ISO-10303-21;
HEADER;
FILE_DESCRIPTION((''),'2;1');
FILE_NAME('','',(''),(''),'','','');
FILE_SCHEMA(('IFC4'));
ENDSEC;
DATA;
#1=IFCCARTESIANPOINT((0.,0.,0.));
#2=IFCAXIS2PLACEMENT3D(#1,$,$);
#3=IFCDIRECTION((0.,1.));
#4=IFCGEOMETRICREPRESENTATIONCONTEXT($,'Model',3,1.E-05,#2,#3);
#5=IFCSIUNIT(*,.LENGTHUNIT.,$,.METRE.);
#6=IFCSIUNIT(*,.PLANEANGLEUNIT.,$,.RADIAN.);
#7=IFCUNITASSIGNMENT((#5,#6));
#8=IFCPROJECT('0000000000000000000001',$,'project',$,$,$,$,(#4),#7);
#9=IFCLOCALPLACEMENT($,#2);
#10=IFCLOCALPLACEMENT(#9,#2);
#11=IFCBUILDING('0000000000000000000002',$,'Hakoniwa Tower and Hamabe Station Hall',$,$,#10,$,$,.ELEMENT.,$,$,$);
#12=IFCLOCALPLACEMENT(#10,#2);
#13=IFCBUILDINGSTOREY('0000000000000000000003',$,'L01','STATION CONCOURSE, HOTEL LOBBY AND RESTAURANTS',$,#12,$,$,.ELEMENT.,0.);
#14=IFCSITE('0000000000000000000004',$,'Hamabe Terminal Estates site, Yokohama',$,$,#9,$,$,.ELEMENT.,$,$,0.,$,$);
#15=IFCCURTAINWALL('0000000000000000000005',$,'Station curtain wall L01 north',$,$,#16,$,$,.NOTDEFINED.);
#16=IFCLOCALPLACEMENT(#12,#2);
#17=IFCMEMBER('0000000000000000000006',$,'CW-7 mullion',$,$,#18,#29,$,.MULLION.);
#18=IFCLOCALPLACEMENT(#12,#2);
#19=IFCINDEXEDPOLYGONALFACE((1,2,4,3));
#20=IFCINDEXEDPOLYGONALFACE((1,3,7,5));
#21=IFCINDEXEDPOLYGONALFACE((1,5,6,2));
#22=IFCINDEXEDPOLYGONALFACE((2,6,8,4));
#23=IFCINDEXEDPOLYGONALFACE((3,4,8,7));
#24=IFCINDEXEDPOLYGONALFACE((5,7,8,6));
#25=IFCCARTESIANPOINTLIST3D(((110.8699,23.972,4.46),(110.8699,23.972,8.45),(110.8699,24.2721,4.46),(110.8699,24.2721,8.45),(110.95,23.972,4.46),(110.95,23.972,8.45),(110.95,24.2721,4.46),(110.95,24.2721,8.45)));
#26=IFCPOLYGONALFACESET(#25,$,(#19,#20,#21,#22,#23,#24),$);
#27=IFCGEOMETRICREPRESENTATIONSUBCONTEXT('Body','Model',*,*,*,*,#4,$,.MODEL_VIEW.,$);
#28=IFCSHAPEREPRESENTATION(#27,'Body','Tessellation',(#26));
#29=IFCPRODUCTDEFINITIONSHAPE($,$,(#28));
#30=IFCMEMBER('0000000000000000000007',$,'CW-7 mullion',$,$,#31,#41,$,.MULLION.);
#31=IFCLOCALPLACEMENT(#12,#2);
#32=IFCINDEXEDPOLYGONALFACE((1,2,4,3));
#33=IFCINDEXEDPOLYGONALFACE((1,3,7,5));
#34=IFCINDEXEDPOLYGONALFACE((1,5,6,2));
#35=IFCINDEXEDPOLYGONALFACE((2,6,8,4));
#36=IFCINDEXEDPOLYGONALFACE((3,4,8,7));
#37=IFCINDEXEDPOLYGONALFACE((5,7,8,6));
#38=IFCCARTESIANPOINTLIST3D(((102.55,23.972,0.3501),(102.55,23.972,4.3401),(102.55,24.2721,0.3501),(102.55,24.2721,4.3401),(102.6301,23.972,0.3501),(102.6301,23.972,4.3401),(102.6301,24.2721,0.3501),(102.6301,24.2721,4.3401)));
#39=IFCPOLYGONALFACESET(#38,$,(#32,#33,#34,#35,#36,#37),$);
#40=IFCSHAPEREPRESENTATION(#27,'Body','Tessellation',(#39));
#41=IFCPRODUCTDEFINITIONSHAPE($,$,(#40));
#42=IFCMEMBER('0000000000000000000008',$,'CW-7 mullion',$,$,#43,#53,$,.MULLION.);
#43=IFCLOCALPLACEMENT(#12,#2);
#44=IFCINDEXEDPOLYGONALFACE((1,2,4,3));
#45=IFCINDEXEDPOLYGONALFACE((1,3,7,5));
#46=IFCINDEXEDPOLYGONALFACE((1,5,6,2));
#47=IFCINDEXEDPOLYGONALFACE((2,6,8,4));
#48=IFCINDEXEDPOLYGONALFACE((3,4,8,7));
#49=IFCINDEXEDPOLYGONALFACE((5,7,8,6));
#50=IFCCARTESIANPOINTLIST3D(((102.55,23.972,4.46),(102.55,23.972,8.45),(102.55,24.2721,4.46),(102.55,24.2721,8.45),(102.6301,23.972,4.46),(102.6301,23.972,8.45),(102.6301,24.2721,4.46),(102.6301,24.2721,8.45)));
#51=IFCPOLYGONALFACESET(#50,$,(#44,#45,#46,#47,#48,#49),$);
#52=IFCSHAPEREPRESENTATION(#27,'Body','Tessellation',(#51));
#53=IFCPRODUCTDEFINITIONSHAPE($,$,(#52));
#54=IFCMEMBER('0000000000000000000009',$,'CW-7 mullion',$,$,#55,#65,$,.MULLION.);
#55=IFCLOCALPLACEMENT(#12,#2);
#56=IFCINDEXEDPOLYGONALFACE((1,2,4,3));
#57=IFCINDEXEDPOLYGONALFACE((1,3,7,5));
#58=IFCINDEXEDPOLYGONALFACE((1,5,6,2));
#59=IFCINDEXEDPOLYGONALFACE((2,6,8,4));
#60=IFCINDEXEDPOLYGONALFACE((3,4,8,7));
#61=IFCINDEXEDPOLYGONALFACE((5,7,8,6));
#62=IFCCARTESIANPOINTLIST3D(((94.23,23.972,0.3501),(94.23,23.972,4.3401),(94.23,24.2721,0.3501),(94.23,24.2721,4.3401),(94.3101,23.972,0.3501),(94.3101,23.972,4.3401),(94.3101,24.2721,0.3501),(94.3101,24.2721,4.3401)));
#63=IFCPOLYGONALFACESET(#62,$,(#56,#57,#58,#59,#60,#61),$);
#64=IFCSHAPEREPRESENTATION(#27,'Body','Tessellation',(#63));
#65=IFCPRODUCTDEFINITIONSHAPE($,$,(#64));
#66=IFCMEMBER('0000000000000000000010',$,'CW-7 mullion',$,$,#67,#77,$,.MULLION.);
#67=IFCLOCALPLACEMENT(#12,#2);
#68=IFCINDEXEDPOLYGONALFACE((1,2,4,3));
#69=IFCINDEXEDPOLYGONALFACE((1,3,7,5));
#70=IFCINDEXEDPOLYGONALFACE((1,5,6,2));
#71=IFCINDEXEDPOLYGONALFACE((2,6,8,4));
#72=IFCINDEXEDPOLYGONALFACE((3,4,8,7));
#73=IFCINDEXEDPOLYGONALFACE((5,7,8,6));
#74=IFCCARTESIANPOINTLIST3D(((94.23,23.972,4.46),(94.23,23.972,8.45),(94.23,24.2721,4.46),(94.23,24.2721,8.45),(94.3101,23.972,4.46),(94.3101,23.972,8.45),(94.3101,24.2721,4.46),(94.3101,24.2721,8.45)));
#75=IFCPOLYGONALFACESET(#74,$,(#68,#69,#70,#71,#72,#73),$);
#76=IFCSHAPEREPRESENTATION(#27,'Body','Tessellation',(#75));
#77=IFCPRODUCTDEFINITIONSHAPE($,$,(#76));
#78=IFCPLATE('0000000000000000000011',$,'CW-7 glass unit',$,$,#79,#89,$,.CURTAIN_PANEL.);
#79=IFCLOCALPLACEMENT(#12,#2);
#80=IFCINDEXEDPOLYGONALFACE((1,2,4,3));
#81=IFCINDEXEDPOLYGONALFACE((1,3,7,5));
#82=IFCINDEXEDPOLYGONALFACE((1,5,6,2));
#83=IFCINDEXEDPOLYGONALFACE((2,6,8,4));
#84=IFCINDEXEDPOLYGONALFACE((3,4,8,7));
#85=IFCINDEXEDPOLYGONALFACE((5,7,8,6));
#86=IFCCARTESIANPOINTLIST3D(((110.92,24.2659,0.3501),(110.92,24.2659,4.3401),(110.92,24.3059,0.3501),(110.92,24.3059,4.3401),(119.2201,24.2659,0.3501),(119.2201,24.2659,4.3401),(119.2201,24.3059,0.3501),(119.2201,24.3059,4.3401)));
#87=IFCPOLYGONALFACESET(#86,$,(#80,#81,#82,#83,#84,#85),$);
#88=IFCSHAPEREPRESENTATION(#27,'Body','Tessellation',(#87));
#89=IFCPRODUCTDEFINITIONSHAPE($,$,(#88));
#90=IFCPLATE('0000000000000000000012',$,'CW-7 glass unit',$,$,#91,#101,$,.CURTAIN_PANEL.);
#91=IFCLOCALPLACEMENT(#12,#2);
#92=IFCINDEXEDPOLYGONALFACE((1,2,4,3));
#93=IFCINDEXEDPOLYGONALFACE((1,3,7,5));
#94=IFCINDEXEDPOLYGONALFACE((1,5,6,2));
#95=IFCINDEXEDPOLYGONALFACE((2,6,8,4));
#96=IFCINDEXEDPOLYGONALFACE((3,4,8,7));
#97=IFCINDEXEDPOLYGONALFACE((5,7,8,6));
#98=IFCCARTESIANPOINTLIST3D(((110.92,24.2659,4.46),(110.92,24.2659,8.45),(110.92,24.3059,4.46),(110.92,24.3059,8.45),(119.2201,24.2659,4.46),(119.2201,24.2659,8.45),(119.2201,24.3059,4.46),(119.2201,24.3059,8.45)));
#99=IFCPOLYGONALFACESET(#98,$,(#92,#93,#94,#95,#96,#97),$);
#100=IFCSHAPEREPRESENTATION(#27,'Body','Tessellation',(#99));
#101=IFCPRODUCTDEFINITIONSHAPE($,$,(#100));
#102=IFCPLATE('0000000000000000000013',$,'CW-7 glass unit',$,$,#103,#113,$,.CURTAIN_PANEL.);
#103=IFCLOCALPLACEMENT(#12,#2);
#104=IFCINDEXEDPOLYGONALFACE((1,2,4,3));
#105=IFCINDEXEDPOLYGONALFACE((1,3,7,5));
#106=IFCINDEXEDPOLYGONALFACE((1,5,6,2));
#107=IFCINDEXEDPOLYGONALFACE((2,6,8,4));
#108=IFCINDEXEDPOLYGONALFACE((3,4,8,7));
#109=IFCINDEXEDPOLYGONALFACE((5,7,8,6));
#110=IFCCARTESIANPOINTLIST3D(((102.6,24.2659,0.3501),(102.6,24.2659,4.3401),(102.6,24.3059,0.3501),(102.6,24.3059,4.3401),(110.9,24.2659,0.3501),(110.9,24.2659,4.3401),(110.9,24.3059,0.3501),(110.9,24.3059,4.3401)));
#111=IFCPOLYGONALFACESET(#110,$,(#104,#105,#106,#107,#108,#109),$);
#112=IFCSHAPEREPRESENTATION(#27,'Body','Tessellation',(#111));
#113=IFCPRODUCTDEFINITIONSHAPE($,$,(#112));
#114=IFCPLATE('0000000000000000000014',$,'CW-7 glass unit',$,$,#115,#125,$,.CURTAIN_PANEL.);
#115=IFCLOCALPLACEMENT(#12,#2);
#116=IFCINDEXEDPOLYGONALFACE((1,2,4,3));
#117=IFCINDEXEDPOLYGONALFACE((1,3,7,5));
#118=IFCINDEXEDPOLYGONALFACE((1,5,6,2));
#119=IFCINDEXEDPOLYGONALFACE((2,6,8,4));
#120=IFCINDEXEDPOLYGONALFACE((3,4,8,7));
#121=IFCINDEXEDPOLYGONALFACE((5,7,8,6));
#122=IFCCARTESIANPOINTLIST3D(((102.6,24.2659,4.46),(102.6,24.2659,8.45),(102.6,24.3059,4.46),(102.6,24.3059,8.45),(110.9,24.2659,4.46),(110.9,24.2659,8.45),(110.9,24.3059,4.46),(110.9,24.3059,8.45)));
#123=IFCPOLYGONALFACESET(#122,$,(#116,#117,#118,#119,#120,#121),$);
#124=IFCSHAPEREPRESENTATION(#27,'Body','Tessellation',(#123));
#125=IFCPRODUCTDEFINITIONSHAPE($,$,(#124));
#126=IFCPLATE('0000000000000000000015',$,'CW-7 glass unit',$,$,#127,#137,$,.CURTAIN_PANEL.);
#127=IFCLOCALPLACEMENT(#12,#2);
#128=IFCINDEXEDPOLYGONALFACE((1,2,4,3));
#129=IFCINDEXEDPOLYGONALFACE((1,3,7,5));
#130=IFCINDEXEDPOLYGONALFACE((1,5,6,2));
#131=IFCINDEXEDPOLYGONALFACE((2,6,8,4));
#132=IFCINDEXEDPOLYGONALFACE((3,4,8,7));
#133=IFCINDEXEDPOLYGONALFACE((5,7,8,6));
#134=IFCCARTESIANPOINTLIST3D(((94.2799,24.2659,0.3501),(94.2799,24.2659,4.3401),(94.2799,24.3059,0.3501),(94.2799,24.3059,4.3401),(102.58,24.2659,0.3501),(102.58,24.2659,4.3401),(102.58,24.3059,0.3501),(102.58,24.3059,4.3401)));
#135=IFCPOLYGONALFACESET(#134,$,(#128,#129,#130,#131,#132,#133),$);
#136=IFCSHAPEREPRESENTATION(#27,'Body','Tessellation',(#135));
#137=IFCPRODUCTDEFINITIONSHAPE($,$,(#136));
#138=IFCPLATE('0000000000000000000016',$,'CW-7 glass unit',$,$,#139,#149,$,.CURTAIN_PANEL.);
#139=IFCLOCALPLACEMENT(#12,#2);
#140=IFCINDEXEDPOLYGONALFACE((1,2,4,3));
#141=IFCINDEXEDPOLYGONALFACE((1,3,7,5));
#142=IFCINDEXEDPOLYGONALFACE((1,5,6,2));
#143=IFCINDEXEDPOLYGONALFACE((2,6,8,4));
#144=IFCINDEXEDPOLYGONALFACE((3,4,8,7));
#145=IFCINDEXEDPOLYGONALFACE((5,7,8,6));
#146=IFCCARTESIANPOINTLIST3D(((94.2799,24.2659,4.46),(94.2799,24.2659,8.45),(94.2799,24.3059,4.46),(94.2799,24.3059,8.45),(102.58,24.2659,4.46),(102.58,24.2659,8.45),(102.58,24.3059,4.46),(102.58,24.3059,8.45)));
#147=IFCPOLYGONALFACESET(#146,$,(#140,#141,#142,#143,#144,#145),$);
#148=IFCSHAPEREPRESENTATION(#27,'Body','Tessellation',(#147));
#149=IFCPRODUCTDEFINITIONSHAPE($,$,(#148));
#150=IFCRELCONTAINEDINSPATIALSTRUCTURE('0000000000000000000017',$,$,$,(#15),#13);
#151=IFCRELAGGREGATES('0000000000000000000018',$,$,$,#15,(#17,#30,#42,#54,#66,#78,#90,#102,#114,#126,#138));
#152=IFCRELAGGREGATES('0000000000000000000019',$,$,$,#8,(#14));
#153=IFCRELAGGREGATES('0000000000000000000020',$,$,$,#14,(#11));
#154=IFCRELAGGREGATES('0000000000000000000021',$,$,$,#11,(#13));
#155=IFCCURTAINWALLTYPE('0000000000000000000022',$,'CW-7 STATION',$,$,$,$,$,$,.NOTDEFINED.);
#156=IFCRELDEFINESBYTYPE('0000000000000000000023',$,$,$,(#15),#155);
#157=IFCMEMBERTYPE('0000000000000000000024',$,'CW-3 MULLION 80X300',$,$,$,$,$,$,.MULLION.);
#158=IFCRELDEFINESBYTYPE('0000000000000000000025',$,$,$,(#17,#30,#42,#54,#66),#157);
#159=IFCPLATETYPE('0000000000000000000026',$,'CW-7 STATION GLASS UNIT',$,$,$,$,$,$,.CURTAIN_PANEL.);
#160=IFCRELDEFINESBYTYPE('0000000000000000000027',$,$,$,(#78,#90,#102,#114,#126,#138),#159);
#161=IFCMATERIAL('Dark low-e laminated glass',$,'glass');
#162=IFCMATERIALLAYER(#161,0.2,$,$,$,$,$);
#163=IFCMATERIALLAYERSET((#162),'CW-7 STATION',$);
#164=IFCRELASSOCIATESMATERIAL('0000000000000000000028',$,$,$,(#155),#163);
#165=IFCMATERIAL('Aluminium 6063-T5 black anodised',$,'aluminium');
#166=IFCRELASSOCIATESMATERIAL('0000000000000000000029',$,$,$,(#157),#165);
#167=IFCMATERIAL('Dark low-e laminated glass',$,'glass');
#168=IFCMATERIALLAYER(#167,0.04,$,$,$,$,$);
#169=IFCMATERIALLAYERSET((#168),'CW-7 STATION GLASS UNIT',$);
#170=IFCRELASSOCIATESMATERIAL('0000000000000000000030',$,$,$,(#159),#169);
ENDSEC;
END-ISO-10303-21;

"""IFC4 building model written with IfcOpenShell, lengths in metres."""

from ifc_helpers import new_model, si_unit, direction, frame, origin, origin_2d, place, context, subcontext, project, spatial, rectangle, extrude, material, layer, layer_set, material_profile, profile_set, type_object, element, aggregate, save


model = new_model("IFC4")

# Units and contexts
model_context = context("Model", 3, precision=1e-05, world=origin(), true_north=direction((0.0, 1.0)))
body_context = subcontext(model_context, "Body", "Model", "MODEL_VIEW")
ifc_project = project(units=[si_unit("LENGTHUNIT", "METRE"), si_unit("PLANEANGLEUNIT", "RADIAN")], contexts=[model_context])

# Site, building, storey
site_placement = place(None, origin())
site = spatial("IfcSite", under=ifc_project, at=site_placement, Name="Hamabe Terminal Estates site, Yokohama", CompositionType="ELEMENT", RefElevation=0.0)
building_placement = place(site_placement, origin())
building = spatial("IfcBuilding", under=site, at=building_placement, Name="Hakoniwa Tower and Hamabe Station Hall", CompositionType="ELEMENT")
storey_placement = place(building_placement, origin())
storey = spatial("IfcBuildingStorey", under=building, at=storey_placement, Name="L01", Description="STATION CONCOURSE, HOTEL LOBBY AND RESTAURANTS", CompositionType="ELEMENT", Elevation=0.0)

# Curtain wall, members, plates
ifc_material_1 = material(Name="Dark low-e laminated glass", Category="glass")
ifc_layer_1 = layer(ifc_material_1, 0.2)
ifc_layer_set_1 = layer_set([ifc_layer_1], Name="CW-7 STATION")
curtain_wall_type = type_object("IfcCurtainWallType", Name="CW-7 STATION", PredefinedType="NOTDEFINED", material=ifc_layer_set_1)
curtain_wall_placement = place(storey_placement, origin())
curtain_wall = element("IfcCurtainWall", 1, at=curtain_wall_placement, inside=storey, type_object=curtain_wall_type, Name="Station curtain wall L01 north", PredefinedType="NOTDEFINED")
ifc_material_2 = material(Name="Aluminium 6063-T5 black anodised", Category="aluminium")
ifc_material_profile_1 = material_profile(ifc_material_2, rectangle(XDim=0.0801, YDim=0.3, at=origin_2d()), Name="CW-3 MULLION 80X300")
ifc_profile_set_1 = profile_set([ifc_material_profile_1], Name="Aluminium 6063-T5 black anodised")
member_type = type_object("IfcMemberType", Name="CW-3 MULLION 80X300", PredefinedType="MULLION", material=ifc_profile_set_1)
member_1_placement = place(storey_placement, frame((110.9099, 24.1221, 4.46), z_axis=(0.0, 0.0, 1.0), x_axis=(-1.0, 0.0, 0.0)))
member_1 = element("IfcMember", 2, at=member_1_placement, type_object=member_type, Name="CW-7 mullion", PredefinedType="MULLION", context=body_context, shape_type="SweptSolid", body=[
    extrude(rectangle(XDim=0.0801, YDim=0.3, at=origin_2d()), origin(), (0.0, 0.0, 1.0), 3.99),
])
member_2_placement = place(storey_placement, frame((102.5901, 24.1221, 0.3501), z_axis=(0.0, 0.0, 1.0), x_axis=(-1.0, 0.0, 0.0)))
member_2 = element("IfcMember", 3, at=member_2_placement, type_object=member_type, Name="CW-7 mullion", PredefinedType="MULLION", context=body_context, shape_type="SweptSolid", body=[
    extrude(rectangle(XDim=0.0801, YDim=0.3, at=origin_2d()), origin(), (0.0, 0.0, 1.0), 3.99),
])
member_3_placement = place(storey_placement, frame((102.5901, 24.1221, 4.46), z_axis=(0.0, 0.0, 1.0), x_axis=(-1.0, 0.0, 0.0)))
member_3 = element("IfcMember", 4, at=member_3_placement, type_object=member_type, Name="CW-7 mullion", PredefinedType="MULLION", context=body_context, shape_type="SweptSolid", body=[
    extrude(rectangle(XDim=0.0801, YDim=0.3, at=origin_2d()), origin(), (0.0, 0.0, 1.0), 3.99),
])
member_4_placement = place(storey_placement, frame((94.27, 24.1221, 0.3501), z_axis=(0.0, 0.0, 1.0), x_axis=(-1.0, 0.0, 0.0)))
member_4 = element("IfcMember", 5, at=member_4_placement, type_object=member_type, Name="CW-7 mullion", PredefinedType="MULLION", context=body_context, shape_type="SweptSolid", body=[
    extrude(rectangle(XDim=0.0801, YDim=0.3, at=origin_2d()), origin(), (0.0, 0.0, 1.0), 3.99),
])
member_5_placement = place(storey_placement, frame((94.27, 24.1221, 4.46), z_axis=(0.0, 0.0, 1.0), x_axis=(-1.0, 0.0, 0.0)))
member_5 = element("IfcMember", 6, at=member_5_placement, type_object=member_type, Name="CW-7 mullion", PredefinedType="MULLION", context=body_context, shape_type="SweptSolid", body=[
    extrude(rectangle(XDim=0.0801, YDim=0.3, at=origin_2d()), origin(), (0.0, 0.0, 1.0), 3.99),
])
ifc_material_3 = material(Name="Dark low-e laminated glass", Category="glass")
ifc_layer_2 = layer(ifc_material_3, 0.04)
ifc_layer_set_2 = layer_set([ifc_layer_2], Name="CW-7 STATION GLASS UNIT")
plate_type = type_object("IfcPlateType", Name="CW-7 STATION GLASS UNIT", PredefinedType="CURTAIN_PANEL", material=ifc_layer_set_2)
plate_1_placement = place(storey_placement, frame((115.0701, 24.2859, 0.3501), z_axis=(0.0, 0.0, 1.0), x_axis=(-1.0, 0.0, 0.0)))
plate_1 = element("IfcPlate", 7, at=plate_1_placement, type_object=plate_type, Name="CW-7 glass unit", PredefinedType="CURTAIN_PANEL", context=body_context, shape_type="SweptSolid", body=[
    extrude(rectangle(XDim=8.3, YDim=0.04, at=origin_2d()), origin(), (0.0, 0.0, 1.0), 3.99),
])
plate_2_placement = place(storey_placement, frame((115.0701, 24.2859, 4.46), z_axis=(0.0, 0.0, 1.0), x_axis=(-1.0, 0.0, 0.0)))
plate_2 = element("IfcPlate", 8, at=plate_2_placement, type_object=plate_type, Name="CW-7 glass unit", PredefinedType="CURTAIN_PANEL", context=body_context, shape_type="SweptSolid", body=[
    extrude(rectangle(XDim=8.3, YDim=0.04, at=origin_2d()), origin(), (0.0, 0.0, 1.0), 3.99),
])
plate_3_placement = place(storey_placement, frame((106.75, 24.2859, 0.3501), z_axis=(0.0, 0.0, 1.0), x_axis=(-1.0, 0.0, 0.0)))
plate_3 = element("IfcPlate", 9, at=plate_3_placement, type_object=plate_type, Name="CW-7 glass unit", PredefinedType="CURTAIN_PANEL", context=body_context, shape_type="SweptSolid", body=[
    extrude(rectangle(XDim=8.3, YDim=0.04, at=origin_2d()), origin(), (0.0, 0.0, 1.0), 3.99),
])
plate_4_placement = place(storey_placement, frame((106.75, 24.2859, 4.46), z_axis=(0.0, 0.0, 1.0), x_axis=(-1.0, 0.0, 0.0)))
plate_4 = element("IfcPlate", 10, at=plate_4_placement, type_object=plate_type, Name="CW-7 glass unit", PredefinedType="CURTAIN_PANEL", context=body_context, shape_type="SweptSolid", body=[
    extrude(rectangle(XDim=8.3, YDim=0.04, at=origin_2d()), origin(), (0.0, 0.0, 1.0), 3.99),
])
plate_5_placement = place(storey_placement, frame((98.4299, 24.2859, 0.3501), z_axis=(0.0, 0.0, 1.0), x_axis=(-1.0, 0.0, 0.0)))
plate_5 = element("IfcPlate", 11, at=plate_5_placement, type_object=plate_type, Name="CW-7 glass unit", PredefinedType="CURTAIN_PANEL", context=body_context, shape_type="SweptSolid", body=[
    extrude(rectangle(XDim=8.3, YDim=0.04, at=origin_2d()), origin(), (0.0, 0.0, 1.0), 3.99),
])
plate_6_placement = place(storey_placement, frame((98.4299, 24.2859, 4.46), z_axis=(0.0, 0.0, 1.0), x_axis=(-1.0, 0.0, 0.0)))
plate_6 = element("IfcPlate", 12, at=plate_6_placement, type_object=plate_type, Name="CW-7 glass unit", PredefinedType="CURTAIN_PANEL", context=body_context, shape_type="SweptSolid", body=[
    extrude(rectangle(XDim=8.3, YDim=0.04, at=origin_2d()), origin(), (0.0, 0.0, 1.0), 3.99),
])
aggregate(curtain_wall, [member_1, member_2, member_3, member_4, member_5, plate_1, plate_2, plate_3, plate_4, plate_5, plate_6])

save(model, "model.ifc")
